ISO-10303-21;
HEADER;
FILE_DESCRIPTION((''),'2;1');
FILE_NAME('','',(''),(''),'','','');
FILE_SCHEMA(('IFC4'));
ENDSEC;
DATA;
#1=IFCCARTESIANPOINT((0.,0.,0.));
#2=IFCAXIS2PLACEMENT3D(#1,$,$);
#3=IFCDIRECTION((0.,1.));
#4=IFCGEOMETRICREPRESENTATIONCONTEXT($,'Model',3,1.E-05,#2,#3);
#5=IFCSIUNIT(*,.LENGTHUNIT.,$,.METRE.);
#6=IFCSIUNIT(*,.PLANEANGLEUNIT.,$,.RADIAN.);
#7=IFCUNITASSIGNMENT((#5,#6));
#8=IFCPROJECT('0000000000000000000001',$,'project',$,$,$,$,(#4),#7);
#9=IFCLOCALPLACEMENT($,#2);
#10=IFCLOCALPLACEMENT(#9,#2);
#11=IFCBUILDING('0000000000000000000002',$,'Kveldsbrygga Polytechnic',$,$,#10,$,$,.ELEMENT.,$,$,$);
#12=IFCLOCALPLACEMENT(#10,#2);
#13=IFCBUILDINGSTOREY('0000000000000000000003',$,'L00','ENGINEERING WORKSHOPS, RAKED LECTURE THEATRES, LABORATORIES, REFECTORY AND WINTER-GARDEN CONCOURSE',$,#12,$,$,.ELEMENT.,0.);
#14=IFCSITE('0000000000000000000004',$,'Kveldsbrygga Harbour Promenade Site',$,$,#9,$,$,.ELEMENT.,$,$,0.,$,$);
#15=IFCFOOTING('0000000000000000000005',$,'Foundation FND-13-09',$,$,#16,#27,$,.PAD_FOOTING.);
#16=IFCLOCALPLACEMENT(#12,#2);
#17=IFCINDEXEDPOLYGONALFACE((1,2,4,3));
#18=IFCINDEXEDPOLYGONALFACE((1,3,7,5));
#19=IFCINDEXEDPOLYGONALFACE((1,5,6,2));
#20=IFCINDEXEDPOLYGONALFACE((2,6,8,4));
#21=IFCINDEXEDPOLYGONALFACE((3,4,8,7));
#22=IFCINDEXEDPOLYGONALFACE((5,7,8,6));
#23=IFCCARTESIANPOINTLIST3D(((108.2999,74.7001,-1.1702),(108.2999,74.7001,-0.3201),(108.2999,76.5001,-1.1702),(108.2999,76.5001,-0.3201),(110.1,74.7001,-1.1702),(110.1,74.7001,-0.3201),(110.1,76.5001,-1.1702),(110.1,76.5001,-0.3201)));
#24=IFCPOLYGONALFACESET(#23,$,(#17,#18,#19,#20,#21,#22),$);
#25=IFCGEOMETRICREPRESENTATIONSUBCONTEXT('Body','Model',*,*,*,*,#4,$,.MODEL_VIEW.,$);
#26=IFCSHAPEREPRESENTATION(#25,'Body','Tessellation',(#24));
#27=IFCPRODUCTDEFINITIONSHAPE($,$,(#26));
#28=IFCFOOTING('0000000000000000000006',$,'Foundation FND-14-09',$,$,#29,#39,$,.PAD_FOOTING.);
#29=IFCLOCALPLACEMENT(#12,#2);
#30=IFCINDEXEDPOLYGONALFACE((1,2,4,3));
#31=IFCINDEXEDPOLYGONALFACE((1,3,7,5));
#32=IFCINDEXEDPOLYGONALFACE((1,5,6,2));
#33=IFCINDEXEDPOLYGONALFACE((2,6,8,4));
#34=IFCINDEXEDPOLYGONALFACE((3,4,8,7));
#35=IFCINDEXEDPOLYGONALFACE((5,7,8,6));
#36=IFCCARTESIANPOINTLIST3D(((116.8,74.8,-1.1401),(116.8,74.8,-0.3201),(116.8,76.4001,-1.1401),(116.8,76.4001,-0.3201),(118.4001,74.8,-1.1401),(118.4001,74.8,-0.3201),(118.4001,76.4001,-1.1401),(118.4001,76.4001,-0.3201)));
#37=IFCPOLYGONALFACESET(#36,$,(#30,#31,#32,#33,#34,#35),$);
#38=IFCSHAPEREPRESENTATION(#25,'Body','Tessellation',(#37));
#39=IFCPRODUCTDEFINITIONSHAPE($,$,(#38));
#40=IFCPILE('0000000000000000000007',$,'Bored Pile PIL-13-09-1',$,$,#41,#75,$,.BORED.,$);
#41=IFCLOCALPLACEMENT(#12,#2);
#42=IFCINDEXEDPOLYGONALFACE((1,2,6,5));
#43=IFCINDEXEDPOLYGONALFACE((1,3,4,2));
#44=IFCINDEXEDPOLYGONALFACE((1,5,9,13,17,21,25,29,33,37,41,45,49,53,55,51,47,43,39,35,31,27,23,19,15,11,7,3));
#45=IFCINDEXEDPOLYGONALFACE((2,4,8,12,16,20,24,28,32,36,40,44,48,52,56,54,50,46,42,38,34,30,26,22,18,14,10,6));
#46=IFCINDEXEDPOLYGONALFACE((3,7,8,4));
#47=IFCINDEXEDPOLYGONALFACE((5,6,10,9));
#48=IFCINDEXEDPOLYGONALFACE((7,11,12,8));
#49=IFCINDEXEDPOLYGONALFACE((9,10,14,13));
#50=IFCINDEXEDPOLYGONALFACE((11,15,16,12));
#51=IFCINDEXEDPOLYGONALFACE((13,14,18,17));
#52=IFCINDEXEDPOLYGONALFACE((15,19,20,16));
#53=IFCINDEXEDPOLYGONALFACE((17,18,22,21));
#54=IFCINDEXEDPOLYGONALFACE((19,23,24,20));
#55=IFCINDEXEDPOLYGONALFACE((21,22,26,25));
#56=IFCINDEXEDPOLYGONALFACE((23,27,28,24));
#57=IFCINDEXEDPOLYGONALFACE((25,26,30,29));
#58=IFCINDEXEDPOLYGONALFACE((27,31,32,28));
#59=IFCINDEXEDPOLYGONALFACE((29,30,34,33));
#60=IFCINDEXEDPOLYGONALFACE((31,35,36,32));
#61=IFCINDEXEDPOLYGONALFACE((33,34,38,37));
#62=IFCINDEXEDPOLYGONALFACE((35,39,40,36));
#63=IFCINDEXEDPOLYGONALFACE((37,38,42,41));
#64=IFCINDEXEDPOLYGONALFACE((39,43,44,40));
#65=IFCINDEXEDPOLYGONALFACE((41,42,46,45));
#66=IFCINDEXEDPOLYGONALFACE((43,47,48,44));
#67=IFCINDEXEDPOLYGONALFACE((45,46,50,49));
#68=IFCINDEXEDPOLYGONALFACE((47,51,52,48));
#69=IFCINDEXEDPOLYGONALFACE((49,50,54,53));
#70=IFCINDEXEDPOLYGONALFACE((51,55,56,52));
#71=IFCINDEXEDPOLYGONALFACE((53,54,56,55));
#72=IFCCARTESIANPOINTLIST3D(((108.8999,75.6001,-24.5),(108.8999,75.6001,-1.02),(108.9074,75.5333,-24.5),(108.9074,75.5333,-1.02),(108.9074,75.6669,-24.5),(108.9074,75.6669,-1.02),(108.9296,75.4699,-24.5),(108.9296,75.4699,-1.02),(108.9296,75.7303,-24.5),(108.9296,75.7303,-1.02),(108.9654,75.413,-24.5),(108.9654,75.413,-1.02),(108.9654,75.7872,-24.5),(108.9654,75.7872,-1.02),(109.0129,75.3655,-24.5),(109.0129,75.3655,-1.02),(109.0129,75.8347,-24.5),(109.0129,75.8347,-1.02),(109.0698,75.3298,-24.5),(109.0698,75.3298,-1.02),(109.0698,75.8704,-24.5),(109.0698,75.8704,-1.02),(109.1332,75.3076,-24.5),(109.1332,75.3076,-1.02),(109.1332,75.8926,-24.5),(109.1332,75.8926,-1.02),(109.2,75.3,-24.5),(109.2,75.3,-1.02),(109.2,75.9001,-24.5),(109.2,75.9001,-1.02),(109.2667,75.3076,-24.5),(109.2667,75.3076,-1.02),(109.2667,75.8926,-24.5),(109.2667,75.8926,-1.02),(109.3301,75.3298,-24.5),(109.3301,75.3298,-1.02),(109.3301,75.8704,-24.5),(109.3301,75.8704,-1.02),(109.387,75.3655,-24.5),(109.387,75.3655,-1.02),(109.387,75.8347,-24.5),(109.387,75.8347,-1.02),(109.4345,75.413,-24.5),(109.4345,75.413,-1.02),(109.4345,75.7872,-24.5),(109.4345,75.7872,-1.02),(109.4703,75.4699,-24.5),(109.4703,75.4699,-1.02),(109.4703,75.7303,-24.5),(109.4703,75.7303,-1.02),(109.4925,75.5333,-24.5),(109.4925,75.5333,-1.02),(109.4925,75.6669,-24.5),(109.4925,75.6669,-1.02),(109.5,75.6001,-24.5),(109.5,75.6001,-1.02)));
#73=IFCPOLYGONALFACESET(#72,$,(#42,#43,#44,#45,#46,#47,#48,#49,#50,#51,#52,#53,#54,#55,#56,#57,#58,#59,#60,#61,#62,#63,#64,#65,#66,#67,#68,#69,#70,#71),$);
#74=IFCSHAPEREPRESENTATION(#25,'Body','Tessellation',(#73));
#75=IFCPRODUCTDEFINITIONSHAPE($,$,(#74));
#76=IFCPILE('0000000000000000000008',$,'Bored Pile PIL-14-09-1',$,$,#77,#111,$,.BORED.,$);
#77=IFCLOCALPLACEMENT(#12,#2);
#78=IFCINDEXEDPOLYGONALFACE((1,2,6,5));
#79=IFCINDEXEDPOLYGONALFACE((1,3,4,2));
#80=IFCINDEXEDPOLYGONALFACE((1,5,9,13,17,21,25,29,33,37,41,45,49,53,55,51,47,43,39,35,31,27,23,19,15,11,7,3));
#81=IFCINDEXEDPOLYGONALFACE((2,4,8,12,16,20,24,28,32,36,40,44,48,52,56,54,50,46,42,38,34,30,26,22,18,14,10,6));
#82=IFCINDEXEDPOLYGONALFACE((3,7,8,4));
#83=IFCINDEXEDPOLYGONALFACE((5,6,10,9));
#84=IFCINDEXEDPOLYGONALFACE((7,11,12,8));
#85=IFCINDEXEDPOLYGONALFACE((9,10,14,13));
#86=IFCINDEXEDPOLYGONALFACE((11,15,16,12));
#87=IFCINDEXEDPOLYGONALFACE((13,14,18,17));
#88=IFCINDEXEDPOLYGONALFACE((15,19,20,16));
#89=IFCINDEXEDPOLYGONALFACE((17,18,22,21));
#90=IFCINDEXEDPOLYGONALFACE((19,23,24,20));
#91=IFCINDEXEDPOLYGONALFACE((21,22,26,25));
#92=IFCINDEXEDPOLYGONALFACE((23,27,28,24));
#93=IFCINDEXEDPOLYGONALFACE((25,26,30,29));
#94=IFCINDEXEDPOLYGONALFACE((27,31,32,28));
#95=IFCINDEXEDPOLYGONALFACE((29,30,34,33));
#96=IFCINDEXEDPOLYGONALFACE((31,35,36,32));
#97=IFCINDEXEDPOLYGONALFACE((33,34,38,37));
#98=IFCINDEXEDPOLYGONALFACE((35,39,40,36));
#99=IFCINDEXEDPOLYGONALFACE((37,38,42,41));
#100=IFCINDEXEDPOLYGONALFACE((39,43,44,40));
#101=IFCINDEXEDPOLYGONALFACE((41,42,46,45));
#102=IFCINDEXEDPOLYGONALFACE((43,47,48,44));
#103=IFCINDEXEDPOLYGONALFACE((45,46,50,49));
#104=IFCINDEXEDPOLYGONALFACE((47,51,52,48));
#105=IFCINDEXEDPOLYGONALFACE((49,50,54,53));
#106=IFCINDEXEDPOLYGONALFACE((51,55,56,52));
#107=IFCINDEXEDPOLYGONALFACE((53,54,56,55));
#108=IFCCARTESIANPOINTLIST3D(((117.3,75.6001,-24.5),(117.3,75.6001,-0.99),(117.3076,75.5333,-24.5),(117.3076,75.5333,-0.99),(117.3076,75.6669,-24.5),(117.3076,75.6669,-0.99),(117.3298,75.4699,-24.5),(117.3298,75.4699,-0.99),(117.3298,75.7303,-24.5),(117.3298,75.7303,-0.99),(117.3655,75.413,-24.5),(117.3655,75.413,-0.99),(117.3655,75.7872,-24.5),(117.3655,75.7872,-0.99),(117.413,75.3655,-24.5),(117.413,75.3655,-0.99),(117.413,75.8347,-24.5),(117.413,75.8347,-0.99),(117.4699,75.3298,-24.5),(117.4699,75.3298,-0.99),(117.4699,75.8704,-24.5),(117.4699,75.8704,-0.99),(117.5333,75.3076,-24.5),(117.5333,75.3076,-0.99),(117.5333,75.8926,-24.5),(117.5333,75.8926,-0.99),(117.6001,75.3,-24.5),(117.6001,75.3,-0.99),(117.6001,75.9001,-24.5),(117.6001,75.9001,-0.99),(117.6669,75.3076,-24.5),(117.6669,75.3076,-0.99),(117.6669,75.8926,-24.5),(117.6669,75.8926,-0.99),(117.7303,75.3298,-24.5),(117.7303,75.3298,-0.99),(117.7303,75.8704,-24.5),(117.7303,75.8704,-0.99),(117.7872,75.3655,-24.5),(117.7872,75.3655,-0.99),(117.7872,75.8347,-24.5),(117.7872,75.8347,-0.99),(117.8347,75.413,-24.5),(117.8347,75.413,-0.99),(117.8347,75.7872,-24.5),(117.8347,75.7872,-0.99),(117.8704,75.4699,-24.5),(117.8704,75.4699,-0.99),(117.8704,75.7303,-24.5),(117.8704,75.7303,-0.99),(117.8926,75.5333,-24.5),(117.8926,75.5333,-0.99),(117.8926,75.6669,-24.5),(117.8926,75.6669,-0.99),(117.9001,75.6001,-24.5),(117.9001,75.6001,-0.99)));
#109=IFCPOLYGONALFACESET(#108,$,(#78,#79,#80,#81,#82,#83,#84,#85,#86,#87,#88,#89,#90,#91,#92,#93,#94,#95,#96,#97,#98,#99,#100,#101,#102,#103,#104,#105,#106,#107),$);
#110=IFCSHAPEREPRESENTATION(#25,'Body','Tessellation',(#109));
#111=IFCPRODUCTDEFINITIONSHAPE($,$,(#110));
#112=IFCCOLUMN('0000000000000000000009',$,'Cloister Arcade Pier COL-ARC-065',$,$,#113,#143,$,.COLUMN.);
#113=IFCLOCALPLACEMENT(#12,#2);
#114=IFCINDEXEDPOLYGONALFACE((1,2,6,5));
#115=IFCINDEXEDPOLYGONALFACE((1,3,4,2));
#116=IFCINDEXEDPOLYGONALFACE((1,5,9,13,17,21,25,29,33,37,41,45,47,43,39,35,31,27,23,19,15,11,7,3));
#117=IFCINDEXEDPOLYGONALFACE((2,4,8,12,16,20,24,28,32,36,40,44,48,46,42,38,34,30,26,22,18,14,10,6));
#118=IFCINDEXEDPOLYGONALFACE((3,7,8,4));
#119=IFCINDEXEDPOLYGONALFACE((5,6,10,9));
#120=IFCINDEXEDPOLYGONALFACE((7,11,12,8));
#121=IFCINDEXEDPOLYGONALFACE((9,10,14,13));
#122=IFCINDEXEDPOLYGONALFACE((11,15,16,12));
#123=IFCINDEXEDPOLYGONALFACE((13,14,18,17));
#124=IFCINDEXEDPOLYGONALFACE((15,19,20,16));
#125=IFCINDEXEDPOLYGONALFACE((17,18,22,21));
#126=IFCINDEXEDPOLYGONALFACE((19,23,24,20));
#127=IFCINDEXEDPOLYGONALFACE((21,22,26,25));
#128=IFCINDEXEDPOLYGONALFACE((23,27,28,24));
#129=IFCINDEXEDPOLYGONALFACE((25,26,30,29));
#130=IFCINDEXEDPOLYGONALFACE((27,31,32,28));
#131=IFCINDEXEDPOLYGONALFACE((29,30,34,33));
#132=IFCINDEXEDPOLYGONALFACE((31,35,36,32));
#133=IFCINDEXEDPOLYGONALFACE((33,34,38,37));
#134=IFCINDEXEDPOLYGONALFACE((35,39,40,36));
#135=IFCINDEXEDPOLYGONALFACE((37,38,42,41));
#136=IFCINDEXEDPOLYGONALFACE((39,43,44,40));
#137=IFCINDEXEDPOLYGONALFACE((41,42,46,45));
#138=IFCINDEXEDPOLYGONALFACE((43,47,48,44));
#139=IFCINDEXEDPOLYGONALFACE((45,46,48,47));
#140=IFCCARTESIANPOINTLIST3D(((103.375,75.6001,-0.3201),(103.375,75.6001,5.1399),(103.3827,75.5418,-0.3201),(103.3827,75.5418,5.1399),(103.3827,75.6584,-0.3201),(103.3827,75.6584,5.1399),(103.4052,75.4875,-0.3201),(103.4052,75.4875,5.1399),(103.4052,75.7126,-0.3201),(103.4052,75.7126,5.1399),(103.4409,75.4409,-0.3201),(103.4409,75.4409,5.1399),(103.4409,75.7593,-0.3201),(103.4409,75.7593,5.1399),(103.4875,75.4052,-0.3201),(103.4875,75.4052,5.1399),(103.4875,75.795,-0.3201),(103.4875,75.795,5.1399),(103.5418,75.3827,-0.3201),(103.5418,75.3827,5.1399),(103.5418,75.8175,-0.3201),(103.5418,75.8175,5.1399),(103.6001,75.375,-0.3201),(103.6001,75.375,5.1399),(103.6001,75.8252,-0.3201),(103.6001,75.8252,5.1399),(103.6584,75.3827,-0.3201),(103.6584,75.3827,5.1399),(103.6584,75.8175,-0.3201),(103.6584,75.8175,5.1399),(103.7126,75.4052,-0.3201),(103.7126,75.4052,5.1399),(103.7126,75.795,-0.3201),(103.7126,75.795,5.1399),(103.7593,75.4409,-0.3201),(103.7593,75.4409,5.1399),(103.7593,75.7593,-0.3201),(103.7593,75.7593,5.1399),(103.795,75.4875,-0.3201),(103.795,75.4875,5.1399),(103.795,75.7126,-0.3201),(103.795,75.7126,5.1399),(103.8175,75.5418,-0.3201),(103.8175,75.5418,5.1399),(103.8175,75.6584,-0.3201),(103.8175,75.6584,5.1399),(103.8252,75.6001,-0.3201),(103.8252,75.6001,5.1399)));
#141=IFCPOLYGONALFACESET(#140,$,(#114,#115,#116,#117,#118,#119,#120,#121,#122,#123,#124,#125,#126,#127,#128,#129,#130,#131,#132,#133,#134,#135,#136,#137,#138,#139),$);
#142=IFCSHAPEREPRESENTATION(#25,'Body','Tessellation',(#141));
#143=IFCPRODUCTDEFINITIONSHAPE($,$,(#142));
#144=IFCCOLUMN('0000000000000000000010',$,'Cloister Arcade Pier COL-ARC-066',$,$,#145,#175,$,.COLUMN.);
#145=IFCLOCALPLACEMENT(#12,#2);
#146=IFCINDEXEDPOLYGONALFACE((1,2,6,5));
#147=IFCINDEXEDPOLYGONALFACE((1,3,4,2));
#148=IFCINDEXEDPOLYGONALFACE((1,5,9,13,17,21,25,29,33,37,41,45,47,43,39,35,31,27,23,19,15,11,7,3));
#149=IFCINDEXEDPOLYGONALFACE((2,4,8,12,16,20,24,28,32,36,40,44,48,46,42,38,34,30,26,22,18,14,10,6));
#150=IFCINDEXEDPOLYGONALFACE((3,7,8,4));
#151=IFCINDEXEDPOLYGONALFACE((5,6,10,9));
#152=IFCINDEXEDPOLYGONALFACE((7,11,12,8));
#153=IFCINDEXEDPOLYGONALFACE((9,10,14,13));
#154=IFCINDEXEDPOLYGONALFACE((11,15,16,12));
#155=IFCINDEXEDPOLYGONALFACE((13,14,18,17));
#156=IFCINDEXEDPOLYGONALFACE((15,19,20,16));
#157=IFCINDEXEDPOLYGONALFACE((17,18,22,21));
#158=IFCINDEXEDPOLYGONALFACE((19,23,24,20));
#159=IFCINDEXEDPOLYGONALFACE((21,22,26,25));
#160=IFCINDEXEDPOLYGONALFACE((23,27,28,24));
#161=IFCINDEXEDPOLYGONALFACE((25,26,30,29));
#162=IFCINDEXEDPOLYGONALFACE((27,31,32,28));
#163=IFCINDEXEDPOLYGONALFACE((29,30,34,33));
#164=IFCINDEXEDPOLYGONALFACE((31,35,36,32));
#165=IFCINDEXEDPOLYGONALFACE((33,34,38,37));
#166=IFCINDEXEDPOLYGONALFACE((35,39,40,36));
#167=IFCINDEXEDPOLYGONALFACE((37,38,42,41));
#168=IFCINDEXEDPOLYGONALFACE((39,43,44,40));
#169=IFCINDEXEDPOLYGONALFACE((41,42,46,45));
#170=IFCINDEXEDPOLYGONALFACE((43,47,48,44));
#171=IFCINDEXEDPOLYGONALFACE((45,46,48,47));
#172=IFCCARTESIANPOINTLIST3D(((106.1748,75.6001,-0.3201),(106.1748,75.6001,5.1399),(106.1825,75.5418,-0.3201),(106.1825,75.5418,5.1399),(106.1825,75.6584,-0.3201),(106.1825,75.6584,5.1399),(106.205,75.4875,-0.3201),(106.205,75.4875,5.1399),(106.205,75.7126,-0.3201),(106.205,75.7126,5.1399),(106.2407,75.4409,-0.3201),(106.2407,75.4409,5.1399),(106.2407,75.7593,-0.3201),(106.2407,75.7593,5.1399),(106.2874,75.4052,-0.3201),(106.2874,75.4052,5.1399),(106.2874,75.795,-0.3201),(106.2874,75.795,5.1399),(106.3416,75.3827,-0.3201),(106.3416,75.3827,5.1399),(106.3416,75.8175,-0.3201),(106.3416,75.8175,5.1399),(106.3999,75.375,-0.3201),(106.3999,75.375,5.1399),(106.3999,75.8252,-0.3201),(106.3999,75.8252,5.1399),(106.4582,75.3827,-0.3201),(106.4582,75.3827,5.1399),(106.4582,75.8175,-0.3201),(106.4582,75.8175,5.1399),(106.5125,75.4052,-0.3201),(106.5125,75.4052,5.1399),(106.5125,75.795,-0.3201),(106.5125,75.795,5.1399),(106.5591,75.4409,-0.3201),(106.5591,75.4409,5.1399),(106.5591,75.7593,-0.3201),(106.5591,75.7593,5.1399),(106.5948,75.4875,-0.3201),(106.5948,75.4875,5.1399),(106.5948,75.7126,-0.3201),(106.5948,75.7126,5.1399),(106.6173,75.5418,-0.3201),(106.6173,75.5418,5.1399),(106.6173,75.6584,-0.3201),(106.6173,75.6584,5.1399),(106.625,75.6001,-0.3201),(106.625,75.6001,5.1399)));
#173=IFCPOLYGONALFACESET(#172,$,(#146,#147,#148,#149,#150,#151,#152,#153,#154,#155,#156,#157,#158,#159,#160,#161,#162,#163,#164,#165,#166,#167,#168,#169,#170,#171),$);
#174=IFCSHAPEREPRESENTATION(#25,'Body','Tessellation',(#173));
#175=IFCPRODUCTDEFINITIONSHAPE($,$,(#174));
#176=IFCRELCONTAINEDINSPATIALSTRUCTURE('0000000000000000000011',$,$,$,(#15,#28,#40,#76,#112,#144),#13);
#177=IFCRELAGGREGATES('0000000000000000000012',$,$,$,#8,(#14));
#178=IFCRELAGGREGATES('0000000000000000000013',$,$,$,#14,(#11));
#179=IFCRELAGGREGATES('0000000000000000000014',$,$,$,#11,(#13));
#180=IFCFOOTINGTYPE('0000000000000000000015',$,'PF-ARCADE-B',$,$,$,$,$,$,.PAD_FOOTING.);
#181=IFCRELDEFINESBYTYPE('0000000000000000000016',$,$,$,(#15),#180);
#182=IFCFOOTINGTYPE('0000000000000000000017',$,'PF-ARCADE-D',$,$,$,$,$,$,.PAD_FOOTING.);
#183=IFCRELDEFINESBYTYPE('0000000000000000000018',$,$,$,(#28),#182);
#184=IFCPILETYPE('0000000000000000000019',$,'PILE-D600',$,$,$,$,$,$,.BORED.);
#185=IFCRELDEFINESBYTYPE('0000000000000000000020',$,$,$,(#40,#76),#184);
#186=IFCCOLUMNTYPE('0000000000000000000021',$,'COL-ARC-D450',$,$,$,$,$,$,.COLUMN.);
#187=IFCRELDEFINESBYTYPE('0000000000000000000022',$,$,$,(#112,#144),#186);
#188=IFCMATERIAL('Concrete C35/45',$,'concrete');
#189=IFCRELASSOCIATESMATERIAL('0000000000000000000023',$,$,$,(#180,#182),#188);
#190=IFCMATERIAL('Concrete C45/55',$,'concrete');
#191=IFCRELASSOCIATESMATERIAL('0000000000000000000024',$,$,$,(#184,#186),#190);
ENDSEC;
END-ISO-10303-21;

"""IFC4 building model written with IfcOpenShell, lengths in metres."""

from ifc_helpers import new_model, si_unit, direction, frame, origin, origin_2d, place, context, subcontext, project, spatial, rectangle, circle, extrude, material, material_profile, profile_set, type_object, element, save


model = new_model("IFC4")

# Units and contexts
model_context = context("Model", 3, precision=1e-05, world=origin(), true_north=direction((0.0, 1.0)))
body_context = subcontext(model_context, "Body", "Model", "MODEL_VIEW")
ifc_project = project(units=[si_unit("LENGTHUNIT", "METRE"), si_unit("PLANEANGLEUNIT", "RADIAN")], contexts=[model_context])

# Site, building, storey
site_placement = place(None, origin())
site = spatial("IfcSite", under=ifc_project, at=site_placement, Name="Kveldsbrygga Harbour Promenade Site", CompositionType="ELEMENT", RefElevation=0.0)
building_placement = place(site_placement, origin())
building = spatial("IfcBuilding", under=site, at=building_placement, Name="Kveldsbrygga Polytechnic", CompositionType="ELEMENT")
storey_placement = place(building_placement, origin())
storey = spatial("IfcBuildingStorey", under=building, at=storey_placement, Name="L00", Description="ENGINEERING WORKSHOPS, RAKED LECTURE THEATRES, LABORATORIES, REFECTORY AND WINTER-GARDEN CONCOURSE", CompositionType="ELEMENT", Elevation=0.0)

# Footings
ifc_material_1 = material(Name="Concrete C35/45", Category="concrete")
footing_type_1 = type_object("IfcFootingType", Name="PF-ARCADE-B", PredefinedType="PAD_FOOTING", material=ifc_material_1)
footing_1_placement = place(storey_placement, frame((109.2, 75.6001, -1.1702), z_axis=(0.0, 0.0, 1.0), x_axis=(1.0, 0.0, 0.0)))
element("IfcFooting", 1, at=footing_1_placement, inside=storey, type_object=footing_type_1, Name="Foundation FND-13-09", PredefinedType="PAD_FOOTING", context=body_context, shape_type="SweptSolid", body=[
    extrude(rectangle(XDim=1.8, YDim=1.8, at=origin_2d()), origin(), (0.0, 0.0, 1.0), 0.8501),
])
footing_type_2 = type_object("IfcFootingType", Name="PF-ARCADE-D", PredefinedType="PAD_FOOTING", material=ifc_material_1)
footing_2_placement = place(storey_placement, frame((117.6001, 75.6001, -1.1401), z_axis=(0.0, 0.0, 1.0), x_axis=(1.0, 0.0, 0.0)))
element("IfcFooting", 2, at=footing_2_placement, inside=storey, type_object=footing_type_2, Name="Foundation FND-14-09", PredefinedType="PAD_FOOTING", context=body_context, shape_type="SweptSolid", body=[
    extrude(rectangle(XDim=1.6001, YDim=1.6001, at=origin_2d()), origin(), (0.0, 0.0, 1.0), 0.8201),
])

# Piles
ifc_material_2 = material(Name="Concrete C45/55", Category="concrete")
ifc_material_profile_1 = material_profile(ifc_material_2, circle(Radius=0.3, at=origin_2d()), Name="PILE D600")
ifc_profile_set_1 = profile_set([ifc_material_profile_1], Name="Concrete C45/55")
pile_type = type_object("IfcPileType", Name="PILE-D600", PredefinedType="BORED", material=ifc_profile_set_1)
pile_1_placement = place(storey_placement, frame((109.2, 75.6001, -1.02), z_axis=(0.0, 0.0, -1.0), x_axis=(1.0, 0.0, 0.0)))
element("IfcPile", 3, at=pile_1_placement, inside=storey, type_object=pile_type, Name="Bored Pile PIL-13-09-1", PredefinedType="BORED", context=body_context, shape_type="SweptSolid", body=[
    extrude(circle(Radius=0.3, at=origin_2d()), origin(), (0.0, 0.0, 1.0), 23.48),
])
pile_2_placement = place(storey_placement, frame((117.6001, 75.6001, -0.99), z_axis=(0.0, 0.0, -1.0), x_axis=(1.0, 0.0, 0.0)))
element("IfcPile", 4, at=pile_2_placement, inside=storey, type_object=pile_type, Name="Bored Pile PIL-14-09-1", PredefinedType="BORED", context=body_context, shape_type="SweptSolid", body=[
    extrude(circle(Radius=0.3, at=origin_2d()), origin(), (0.0, 0.0, 1.0), 23.51),
])

# Columns
ifc_material_profile_2 = material_profile(ifc_material_2, circle(Radius=0.2251, at=origin_2d()), Name="RC D450")
ifc_profile_set_2 = profile_set([ifc_material_profile_2], Name="Concrete C45/55")
column_type_1 = type_object("IfcColumnType", Name="COL-ARC-D450", PredefinedType="COLUMN", material=ifc_profile_set_2)
for number, where, z_axis, x_axis, name in (
    (5, (103.6001, 75.6001, -0.3201), (0.0, 0.0, 1.0), (1.0, 0.0, 0.0), "Cloister Arcade Pier COL-ARC-065"),
    (6, (106.3999, 75.6001, -0.3201), (0.0, 0.0, 1.0), (1.0, 0.0, 0.0), "Cloister Arcade Pier COL-ARC-066"),
):
    element("IfcColumn", number, at=place(storey_placement, frame(where, z_axis=z_axis, x_axis=x_axis)), inside=storey, type_object=column_type_1, Name=name, PredefinedType="COLUMN", context=body_context, shape_type="SweptSolid", body=[
        extrude(circle(Radius=0.2251, at=origin_2d()), origin(), (0.0, 0.0, 1.0), 5.46),
    ])

save(model, "model.ifc")
